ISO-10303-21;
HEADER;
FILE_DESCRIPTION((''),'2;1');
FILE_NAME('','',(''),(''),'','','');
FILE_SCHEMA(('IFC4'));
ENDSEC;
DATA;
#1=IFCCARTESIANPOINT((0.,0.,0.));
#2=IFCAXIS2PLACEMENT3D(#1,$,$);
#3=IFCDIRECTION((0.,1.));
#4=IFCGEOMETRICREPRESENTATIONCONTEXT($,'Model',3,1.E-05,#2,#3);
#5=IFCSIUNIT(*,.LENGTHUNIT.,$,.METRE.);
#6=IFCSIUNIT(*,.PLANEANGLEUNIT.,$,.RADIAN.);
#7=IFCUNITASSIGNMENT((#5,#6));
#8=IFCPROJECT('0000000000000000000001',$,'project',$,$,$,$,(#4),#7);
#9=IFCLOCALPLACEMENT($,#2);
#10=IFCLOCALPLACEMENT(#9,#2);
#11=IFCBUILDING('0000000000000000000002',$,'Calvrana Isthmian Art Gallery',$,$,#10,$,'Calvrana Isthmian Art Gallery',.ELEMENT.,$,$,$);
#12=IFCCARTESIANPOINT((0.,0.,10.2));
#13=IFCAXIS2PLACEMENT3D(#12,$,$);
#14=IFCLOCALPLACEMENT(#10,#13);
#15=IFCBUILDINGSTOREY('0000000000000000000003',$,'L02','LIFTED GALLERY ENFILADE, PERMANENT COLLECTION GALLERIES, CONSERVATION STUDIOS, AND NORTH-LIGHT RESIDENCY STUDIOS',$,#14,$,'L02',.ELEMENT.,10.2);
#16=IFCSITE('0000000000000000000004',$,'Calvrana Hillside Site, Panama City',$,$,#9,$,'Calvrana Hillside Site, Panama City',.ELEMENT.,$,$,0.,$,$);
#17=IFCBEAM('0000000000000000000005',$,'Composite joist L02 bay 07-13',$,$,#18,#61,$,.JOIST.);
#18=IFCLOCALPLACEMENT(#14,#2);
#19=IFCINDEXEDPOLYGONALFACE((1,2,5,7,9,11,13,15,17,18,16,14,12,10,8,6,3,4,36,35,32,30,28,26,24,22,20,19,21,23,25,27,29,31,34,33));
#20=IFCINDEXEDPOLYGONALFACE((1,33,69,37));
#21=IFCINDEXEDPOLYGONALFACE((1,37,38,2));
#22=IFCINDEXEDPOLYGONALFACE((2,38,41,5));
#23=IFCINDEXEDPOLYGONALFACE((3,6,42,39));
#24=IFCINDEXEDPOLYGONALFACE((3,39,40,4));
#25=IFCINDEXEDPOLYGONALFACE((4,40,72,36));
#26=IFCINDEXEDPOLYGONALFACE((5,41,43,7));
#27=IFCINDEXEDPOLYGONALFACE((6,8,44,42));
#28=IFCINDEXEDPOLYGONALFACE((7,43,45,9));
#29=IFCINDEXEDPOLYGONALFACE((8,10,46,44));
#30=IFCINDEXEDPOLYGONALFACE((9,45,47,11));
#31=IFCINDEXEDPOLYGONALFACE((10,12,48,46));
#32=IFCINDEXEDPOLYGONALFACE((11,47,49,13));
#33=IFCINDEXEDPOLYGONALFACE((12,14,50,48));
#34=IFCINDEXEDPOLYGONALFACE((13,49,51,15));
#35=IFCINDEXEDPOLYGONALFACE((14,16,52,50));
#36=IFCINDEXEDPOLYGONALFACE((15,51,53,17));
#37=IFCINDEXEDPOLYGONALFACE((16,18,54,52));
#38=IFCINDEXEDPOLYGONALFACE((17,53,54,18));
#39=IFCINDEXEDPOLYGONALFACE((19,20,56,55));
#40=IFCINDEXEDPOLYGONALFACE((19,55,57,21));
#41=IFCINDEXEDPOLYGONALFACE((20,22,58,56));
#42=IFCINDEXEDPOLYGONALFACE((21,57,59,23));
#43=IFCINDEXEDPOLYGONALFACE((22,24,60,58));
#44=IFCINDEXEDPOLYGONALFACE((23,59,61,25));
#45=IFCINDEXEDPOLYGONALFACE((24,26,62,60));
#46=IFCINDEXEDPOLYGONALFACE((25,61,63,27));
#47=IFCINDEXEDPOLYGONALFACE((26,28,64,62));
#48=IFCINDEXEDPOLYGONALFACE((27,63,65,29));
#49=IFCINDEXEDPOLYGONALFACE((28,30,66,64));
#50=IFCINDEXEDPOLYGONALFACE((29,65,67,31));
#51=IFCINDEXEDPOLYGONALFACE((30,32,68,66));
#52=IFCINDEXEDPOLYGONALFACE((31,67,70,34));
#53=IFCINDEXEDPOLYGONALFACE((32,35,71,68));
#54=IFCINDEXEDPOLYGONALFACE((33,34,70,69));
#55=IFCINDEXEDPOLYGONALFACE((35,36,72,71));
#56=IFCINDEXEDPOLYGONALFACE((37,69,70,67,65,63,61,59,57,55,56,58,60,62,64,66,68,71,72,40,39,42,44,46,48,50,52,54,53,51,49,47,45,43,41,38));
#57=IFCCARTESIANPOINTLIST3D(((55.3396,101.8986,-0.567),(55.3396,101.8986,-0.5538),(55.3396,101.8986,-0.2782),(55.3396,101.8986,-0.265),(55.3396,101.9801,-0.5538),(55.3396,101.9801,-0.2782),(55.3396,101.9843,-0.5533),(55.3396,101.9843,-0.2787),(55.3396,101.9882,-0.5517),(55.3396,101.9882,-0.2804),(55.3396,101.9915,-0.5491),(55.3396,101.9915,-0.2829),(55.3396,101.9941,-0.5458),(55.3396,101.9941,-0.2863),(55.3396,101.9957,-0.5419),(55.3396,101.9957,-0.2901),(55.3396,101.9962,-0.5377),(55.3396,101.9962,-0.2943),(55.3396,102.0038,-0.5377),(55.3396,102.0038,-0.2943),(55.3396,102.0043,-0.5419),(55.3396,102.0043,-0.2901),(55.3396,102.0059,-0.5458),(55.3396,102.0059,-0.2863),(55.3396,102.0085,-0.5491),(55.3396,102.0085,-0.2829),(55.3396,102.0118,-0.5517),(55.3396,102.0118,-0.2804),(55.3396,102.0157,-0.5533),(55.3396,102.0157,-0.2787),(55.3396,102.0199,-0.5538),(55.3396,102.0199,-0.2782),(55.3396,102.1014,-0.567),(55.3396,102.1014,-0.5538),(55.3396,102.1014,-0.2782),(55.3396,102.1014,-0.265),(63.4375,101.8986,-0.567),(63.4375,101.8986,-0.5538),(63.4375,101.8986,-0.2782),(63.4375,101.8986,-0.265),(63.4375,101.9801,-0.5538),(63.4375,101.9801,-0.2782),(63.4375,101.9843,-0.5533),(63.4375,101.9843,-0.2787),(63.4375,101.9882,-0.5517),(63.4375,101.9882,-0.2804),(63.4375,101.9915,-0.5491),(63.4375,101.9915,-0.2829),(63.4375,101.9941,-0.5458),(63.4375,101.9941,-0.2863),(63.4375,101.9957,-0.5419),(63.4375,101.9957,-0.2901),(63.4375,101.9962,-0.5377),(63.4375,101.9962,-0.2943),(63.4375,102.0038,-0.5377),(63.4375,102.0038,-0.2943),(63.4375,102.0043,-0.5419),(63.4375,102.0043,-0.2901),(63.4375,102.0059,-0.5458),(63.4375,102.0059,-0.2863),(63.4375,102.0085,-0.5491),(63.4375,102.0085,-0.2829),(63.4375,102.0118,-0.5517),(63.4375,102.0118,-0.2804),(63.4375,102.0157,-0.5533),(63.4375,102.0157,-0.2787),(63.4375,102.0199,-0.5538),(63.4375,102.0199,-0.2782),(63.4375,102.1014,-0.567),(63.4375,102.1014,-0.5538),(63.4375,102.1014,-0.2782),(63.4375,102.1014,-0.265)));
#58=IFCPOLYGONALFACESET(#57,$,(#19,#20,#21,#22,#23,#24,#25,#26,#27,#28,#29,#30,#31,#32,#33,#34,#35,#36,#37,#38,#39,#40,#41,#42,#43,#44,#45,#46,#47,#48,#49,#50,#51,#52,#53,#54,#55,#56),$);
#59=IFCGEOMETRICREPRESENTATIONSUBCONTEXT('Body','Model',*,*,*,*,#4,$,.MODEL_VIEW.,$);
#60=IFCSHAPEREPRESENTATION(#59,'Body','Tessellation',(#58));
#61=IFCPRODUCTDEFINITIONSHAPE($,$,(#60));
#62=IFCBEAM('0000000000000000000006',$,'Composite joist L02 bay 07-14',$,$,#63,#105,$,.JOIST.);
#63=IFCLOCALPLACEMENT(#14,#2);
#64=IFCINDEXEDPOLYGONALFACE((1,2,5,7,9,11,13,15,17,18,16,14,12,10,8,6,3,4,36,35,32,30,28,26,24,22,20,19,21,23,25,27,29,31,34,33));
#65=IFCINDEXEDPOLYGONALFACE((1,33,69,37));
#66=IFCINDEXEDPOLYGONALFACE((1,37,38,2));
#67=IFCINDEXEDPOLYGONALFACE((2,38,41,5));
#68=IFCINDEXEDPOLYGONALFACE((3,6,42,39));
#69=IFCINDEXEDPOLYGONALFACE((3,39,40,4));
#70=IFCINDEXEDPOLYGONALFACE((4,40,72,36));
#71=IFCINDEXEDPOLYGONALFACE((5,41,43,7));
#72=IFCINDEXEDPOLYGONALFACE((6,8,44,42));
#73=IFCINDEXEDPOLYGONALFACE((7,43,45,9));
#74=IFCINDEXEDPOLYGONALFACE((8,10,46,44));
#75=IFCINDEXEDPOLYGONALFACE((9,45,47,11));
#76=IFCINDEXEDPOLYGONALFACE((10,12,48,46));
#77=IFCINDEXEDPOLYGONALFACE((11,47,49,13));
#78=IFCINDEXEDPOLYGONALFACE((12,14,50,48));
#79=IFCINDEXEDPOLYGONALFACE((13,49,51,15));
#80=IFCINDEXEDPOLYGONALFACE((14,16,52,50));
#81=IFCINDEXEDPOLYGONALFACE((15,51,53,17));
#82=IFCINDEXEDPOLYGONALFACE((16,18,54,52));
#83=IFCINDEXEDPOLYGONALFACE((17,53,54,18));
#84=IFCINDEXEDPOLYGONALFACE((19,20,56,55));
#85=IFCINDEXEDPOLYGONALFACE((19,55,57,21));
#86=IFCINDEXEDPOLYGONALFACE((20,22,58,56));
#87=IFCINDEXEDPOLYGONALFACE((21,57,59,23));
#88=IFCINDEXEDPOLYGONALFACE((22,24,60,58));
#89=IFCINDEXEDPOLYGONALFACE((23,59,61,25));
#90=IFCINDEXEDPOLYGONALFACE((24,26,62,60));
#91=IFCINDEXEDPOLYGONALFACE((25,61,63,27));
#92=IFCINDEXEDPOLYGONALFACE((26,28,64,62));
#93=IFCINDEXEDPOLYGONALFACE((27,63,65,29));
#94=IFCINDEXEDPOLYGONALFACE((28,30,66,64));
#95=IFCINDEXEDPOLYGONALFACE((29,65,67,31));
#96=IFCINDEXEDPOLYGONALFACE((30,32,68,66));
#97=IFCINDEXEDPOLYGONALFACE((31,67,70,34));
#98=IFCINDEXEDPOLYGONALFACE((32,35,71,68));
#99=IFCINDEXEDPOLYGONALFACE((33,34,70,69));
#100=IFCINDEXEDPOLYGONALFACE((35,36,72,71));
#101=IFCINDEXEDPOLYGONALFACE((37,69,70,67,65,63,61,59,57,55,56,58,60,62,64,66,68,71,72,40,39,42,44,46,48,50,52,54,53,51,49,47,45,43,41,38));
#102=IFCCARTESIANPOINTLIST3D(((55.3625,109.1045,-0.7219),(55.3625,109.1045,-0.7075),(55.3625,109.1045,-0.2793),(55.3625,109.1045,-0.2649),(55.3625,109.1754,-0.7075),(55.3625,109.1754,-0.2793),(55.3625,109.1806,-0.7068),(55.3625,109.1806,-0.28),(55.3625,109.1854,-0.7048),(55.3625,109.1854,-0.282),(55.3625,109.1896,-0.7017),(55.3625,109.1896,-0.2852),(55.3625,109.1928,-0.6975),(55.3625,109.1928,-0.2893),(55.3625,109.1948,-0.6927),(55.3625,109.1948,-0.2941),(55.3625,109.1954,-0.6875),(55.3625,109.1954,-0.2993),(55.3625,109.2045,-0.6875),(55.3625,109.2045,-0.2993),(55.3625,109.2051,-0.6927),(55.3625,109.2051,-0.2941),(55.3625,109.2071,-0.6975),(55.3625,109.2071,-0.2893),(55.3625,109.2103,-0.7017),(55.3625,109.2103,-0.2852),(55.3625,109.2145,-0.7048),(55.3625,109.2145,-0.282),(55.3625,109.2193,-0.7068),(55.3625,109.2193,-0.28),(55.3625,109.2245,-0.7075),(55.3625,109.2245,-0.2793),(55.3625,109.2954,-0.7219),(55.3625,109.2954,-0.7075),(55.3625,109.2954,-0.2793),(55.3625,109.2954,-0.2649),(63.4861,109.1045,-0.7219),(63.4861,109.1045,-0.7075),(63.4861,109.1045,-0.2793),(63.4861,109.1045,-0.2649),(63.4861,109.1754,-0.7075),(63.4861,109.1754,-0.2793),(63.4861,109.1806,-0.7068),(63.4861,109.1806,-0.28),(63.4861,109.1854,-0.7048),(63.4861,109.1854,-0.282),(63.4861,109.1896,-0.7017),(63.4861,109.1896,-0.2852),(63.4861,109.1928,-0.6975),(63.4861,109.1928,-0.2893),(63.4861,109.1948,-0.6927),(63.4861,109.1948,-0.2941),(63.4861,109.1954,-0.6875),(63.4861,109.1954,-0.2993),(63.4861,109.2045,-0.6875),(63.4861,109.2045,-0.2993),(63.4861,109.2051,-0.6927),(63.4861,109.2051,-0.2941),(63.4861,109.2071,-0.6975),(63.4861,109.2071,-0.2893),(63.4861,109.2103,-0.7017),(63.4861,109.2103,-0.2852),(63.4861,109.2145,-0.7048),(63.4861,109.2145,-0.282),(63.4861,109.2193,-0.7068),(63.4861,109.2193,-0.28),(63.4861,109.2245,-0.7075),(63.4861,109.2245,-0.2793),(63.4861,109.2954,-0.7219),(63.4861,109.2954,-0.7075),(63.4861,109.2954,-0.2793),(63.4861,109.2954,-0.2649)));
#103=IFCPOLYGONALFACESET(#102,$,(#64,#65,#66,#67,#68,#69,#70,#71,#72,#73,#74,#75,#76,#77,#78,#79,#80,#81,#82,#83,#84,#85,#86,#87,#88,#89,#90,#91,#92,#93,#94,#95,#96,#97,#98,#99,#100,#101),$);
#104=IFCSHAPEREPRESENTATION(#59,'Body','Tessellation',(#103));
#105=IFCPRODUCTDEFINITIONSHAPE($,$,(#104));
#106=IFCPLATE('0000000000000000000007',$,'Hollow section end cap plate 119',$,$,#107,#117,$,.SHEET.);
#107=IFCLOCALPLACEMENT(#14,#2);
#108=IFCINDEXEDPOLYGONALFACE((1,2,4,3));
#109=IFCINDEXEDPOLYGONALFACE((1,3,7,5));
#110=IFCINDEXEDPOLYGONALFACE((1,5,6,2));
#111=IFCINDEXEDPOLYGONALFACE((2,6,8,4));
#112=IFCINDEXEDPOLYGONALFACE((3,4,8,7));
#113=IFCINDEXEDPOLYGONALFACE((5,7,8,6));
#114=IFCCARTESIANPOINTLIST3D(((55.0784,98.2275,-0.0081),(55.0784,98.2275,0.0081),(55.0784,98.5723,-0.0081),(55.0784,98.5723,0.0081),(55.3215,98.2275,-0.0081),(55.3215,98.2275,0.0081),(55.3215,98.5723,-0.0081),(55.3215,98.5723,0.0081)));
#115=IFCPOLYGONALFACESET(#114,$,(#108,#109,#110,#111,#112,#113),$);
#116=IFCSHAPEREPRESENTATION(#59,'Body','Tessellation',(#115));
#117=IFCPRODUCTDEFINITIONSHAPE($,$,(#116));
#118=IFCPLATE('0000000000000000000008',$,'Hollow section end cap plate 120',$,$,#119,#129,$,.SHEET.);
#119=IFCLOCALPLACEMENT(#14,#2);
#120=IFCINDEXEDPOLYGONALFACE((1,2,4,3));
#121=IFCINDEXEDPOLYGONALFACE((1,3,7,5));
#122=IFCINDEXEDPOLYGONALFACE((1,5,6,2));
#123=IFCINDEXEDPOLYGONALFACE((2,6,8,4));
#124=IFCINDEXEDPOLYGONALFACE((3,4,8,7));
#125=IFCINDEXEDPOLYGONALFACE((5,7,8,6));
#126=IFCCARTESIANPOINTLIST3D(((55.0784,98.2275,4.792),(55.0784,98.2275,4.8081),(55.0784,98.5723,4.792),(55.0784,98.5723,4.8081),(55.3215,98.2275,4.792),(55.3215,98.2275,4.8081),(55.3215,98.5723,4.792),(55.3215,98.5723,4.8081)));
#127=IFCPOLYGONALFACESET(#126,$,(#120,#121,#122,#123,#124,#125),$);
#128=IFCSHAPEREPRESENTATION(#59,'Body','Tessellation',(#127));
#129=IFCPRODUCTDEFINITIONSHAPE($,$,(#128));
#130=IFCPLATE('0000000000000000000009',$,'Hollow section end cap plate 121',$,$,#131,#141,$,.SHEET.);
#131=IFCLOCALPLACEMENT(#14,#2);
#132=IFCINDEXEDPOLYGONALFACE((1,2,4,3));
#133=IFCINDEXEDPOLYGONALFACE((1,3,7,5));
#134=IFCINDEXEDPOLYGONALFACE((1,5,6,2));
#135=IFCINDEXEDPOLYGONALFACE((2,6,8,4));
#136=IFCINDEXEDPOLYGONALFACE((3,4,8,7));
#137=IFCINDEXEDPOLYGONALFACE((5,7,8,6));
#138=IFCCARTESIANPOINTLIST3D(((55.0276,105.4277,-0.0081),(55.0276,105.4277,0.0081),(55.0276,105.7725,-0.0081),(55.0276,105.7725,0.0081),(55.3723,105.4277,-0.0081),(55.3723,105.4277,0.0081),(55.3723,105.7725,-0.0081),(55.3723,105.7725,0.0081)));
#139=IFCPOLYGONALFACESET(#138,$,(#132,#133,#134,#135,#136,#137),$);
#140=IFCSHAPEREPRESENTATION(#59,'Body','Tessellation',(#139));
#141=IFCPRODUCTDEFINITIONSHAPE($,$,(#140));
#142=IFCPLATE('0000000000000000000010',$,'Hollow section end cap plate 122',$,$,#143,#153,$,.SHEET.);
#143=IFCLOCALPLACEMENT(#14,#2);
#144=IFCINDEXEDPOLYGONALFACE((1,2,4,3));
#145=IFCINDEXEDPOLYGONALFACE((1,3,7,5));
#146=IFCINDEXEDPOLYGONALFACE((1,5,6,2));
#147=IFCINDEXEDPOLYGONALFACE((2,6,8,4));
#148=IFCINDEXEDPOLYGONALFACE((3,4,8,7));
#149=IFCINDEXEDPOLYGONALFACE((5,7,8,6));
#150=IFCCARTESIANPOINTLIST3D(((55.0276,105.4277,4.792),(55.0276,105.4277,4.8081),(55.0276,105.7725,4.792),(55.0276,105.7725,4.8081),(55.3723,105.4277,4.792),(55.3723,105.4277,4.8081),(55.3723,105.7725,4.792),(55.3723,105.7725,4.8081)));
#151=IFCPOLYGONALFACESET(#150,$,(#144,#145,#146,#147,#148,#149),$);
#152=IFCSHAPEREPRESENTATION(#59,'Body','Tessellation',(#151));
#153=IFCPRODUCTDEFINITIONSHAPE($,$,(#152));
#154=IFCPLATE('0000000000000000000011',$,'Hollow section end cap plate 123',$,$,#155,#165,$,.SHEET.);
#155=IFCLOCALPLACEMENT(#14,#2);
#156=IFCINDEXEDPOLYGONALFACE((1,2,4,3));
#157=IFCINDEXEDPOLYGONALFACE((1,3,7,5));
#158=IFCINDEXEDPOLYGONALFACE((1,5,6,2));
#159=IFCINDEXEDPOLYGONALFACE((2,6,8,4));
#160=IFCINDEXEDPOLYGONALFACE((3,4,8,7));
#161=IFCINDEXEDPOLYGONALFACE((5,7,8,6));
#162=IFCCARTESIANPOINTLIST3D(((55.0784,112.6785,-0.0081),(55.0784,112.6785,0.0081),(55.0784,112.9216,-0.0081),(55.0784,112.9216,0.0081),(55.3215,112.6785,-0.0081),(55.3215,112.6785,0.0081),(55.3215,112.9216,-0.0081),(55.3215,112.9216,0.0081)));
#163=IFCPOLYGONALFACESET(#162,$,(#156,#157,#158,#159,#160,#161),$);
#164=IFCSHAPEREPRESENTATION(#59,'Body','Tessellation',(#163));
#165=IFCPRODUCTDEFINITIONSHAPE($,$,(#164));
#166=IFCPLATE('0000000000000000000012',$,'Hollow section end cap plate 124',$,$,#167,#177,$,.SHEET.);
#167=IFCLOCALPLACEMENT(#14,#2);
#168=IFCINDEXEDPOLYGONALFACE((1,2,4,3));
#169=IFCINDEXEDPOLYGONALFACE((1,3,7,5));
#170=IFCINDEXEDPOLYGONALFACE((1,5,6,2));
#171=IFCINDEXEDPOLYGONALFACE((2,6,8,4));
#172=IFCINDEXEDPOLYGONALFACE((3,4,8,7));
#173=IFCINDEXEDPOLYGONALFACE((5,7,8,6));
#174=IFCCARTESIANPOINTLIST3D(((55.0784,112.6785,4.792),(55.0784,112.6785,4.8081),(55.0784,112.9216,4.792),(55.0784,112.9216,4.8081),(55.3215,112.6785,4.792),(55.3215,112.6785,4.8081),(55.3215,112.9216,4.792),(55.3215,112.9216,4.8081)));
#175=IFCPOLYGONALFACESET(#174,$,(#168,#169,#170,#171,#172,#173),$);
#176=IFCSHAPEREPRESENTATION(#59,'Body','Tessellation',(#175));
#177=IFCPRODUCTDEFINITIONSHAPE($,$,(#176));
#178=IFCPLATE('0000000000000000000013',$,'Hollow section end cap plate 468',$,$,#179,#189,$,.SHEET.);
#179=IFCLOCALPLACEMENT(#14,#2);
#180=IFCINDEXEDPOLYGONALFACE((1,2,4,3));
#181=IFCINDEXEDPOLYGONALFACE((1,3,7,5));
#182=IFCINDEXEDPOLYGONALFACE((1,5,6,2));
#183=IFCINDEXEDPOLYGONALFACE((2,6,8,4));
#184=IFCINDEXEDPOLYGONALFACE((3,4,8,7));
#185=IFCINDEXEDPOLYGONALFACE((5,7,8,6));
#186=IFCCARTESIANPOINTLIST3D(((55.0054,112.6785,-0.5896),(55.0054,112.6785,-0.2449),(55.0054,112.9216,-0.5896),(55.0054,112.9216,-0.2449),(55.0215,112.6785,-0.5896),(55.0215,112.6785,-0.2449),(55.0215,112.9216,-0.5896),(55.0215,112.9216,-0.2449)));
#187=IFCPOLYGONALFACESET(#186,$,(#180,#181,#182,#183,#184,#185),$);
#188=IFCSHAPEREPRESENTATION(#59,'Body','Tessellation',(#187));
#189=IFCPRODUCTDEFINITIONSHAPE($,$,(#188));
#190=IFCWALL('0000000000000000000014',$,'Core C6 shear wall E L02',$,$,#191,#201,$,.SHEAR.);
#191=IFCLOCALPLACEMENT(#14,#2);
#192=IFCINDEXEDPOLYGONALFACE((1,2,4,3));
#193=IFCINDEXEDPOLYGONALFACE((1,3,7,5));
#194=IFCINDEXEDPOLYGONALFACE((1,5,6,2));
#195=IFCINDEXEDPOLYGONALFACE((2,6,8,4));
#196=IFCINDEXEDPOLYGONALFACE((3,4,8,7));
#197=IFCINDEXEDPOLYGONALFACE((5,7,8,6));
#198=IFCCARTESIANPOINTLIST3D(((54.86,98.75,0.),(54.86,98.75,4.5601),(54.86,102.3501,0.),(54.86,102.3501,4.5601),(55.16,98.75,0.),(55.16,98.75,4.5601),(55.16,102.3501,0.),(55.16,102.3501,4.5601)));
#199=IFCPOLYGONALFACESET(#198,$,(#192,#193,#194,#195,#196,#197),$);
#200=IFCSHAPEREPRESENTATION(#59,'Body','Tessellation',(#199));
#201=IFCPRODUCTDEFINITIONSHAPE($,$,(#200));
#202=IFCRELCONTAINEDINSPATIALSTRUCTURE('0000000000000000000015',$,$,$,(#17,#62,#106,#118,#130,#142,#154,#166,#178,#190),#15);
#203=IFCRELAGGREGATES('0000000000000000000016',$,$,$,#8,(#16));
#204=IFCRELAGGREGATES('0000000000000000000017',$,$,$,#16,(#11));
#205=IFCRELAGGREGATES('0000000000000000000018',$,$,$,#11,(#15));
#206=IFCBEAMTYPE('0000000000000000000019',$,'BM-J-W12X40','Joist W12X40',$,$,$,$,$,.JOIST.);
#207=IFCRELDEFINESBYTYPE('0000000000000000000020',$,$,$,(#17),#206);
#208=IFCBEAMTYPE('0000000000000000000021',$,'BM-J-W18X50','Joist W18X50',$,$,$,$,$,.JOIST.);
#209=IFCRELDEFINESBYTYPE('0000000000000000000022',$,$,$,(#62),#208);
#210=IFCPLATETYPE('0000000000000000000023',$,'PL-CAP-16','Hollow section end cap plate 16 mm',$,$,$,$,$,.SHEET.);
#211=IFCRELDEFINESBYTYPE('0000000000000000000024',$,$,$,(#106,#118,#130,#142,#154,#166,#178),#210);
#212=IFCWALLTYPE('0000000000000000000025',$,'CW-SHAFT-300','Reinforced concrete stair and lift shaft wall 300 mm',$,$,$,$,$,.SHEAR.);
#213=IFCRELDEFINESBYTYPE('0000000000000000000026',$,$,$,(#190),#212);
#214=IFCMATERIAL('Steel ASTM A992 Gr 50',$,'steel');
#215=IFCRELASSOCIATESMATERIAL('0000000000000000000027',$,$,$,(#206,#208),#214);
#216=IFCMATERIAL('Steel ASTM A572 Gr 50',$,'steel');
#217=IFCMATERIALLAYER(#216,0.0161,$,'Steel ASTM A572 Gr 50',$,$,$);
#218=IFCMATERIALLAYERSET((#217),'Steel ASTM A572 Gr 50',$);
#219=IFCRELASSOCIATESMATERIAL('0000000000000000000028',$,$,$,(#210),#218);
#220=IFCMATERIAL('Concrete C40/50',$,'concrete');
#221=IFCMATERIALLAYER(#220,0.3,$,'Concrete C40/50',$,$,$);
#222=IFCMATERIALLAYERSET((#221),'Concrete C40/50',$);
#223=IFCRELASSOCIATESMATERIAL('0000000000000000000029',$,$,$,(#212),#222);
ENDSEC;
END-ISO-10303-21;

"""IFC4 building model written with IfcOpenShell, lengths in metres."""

from ifc_helpers import new_model, si_unit, direction, frame, frame_2d, origin, origin_2d, place, context, subcontext, project, spatial, rectangle, i_section, extrude, material, layer, layer_set, material_profile, profile_set, type_object, element, save


model = new_model("IFC4")

# Units and contexts
model_context = context("Model", 3, precision=1e-05, world=origin(), true_north=direction((0.0, 1.0)))
body_context = subcontext(model_context, "Body", "Model", "MODEL_VIEW")
ifc_project = project(units=[si_unit("LENGTHUNIT", "METRE"), si_unit("PLANEANGLEUNIT", "RADIAN")], contexts=[model_context])

# Site, building, storey
site_placement = place(None, origin())
site = spatial("IfcSite", under=ifc_project, at=site_placement, Name="Calvrana Hillside Site, Panama City", LongName="Calvrana Hillside Site, Panama City", CompositionType="ELEMENT", RefElevation=0.0)
building_placement = place(site_placement, origin())
building = spatial("IfcBuilding", under=site, at=building_placement, Name="Calvrana Isthmian Art Gallery", LongName="Calvrana Isthmian Art Gallery", CompositionType="ELEMENT")
storey_placement = place(building_placement, frame((0.0, 0.0, 10.2)))
storey = spatial("IfcBuildingStorey", under=building, at=storey_placement, Name="L02", Description="LIFTED GALLERY ENFILADE, PERMANENT COLLECTION GALLERIES, CONSERVATION STUDIOS, AND NORTH-LIGHT RESIDENCY STUDIOS", LongName="L02", CompositionType="ELEMENT", Elevation=10.2)

# Beams
ifc_material_1 = material(Name="Steel ASTM A992 Gr 50", Category="steel")
ifc_material_profile_1 = material_profile(ifc_material_1, i_section(OverallWidth=0.2029, OverallDepth=0.302, WebThickness=0.0076, FlangeThickness=0.0132, FilletRadius=0.0161, at=origin_2d()), Name="W12X40")
ifc_profile_set_1 = profile_set([ifc_material_profile_1], Name="Steel ASTM A992 Gr 50")
beam_type_1 = type_object("IfcBeamType", Name="BM-J-W12X40", Description="Joist W12X40", PredefinedType="JOIST", material=ifc_profile_set_1)
beam_1_placement = place(storey_placement, frame((55.3396, 102.0, -0.416), z_axis=(1.0, 0.0, 0.0), x_axis=(0.0, 1.0, 0.0)))
element("IfcBeam", 1, at=beam_1_placement, inside=storey, type_object=beam_type_1, Name="Composite joist L02 bay 07-13", PredefinedType="JOIST", context=body_context, shape_type="SweptSolid", body=[
    extrude(i_section(OverallWidth=0.2029, OverallDepth=0.302, WebThickness=0.0076, FlangeThickness=0.0132, FilletRadius=0.0161, at=origin_2d()), origin(), (0.0, 0.0, 1.0), 8.0979),
])
ifc_material_profile_2 = material_profile(ifc_material_1, i_section(OverallWidth=0.1909, OverallDepth=0.457, WebThickness=0.009, FlangeThickness=0.0144, FilletRadius=0.02, at=origin_2d()), Name="W18X50")
ifc_profile_set_2 = profile_set([ifc_material_profile_2], Name="Steel ASTM A992 Gr 50")
beam_type_2 = type_object("IfcBeamType", Name="BM-J-W18X50", Description="Joist W18X50", PredefinedType="JOIST", material=ifc_profile_set_2)
beam_2_placement = place(storey_placement, frame((55.3625, 109.2, -0.4934), z_axis=(1.0, 0.0, 0.0), x_axis=(0.0, 1.0, 0.0)))
element("IfcBeam", 2, at=beam_2_placement, inside=storey, type_object=beam_type_2, Name="Composite joist L02 bay 07-14", PredefinedType="JOIST", context=body_context, shape_type="SweptSolid", body=[
    extrude(i_section(OverallWidth=0.1909, OverallDepth=0.457, WebThickness=0.009, FlangeThickness=0.0144, FilletRadius=0.02, at=origin_2d()), origin(), (0.0, 0.0, 1.0), 8.1235),
])

# Plates
ifc_material_2 = material(Name="Steel ASTM A572 Gr 50", Category="steel")
ifc_layer_1 = layer(ifc_material_2, 0.0161, Name="Steel ASTM A572 Gr 50")
ifc_layer_set_1 = layer_set([ifc_layer_1], Name="Steel ASTM A572 Gr 50")
plate_type = type_object("IfcPlateType", Name="PL-CAP-16", Description="Hollow section end cap plate 16 mm", PredefinedType="SHEET", material=ifc_layer_set_1)
for number, where, z_axis, x_axis, name in (
    (3, (55.2, 98.3999, -0.0081), (0.0, 0.0, 1.0), (1.0, 0.0, 0.0), "Hollow section end cap plate 119"),
    (4, (55.2, 98.3999, 4.792), (0.0, 0.0, 1.0), (1.0, 0.0, 0.0), "Hollow section end cap plate 120"),
):
    element("IfcPlate", number, at=place(storey_placement, frame(where, z_axis=z_axis, x_axis=x_axis)), inside=storey, type_object=plate_type, Name=name, PredefinedType="SHEET", context=body_context, shape_type="SweptSolid", body=[
        extrude(rectangle(XDim=0.2432, YDim=0.3447, at=origin_2d()), origin(), (0.0, 0.0, 1.0), 0.0161),
    ])
for number, where, z_axis, x_axis, name in (
    (5, (55.2, 105.6001, -0.0081), (0.0, 0.0, 1.0), (1.0, 0.0, 0.0), "Hollow section end cap plate 121"),
    (6, (55.2, 105.6001, 4.792), (0.0, 0.0, 1.0), (1.0, 0.0, 0.0), "Hollow section end cap plate 122"),
):
    element("IfcPlate", number, at=place(storey_placement, frame(where, z_axis=z_axis, x_axis=x_axis)), inside=storey, type_object=plate_type, Name=name, PredefinedType="SHEET", context=body_context, shape_type="SweptSolid", body=[
        extrude(rectangle(XDim=0.3447, YDim=0.3447, at=origin_2d()), origin(), (0.0, 0.0, 1.0), 0.0161),
    ])
for number, where, z_axis, x_axis, name in (
    (7, (55.2, 112.8, -0.0081), (0.0, 0.0, 1.0), (1.0, 0.0, 0.0), "Hollow section end cap plate 123"),
    (8, (55.2, 112.8, 4.792), (0.0, 0.0, 1.0), (1.0, 0.0, 0.0), "Hollow section end cap plate 124"),
):
    element("IfcPlate", number, at=place(storey_placement, frame(where, z_axis=z_axis, x_axis=x_axis)), inside=storey, type_object=plate_type, Name=name, PredefinedType="SHEET", context=body_context, shape_type="SweptSolid", body=[
        extrude(rectangle(XDim=0.2432, YDim=0.2432, at=origin_2d()), origin(), (0.0, 0.0, 1.0), 0.0161),
    ])
plate_placement = place(storey_placement, frame((55.0134, 112.8, -0.5896), z_axis=(0.0, 0.0, 1.0), x_axis=(1.0, 0.0, 0.0)))
element("IfcPlate", 9, at=plate_placement, inside=storey, type_object=plate_type, Name="Hollow section end cap plate 468", PredefinedType="SHEET", context=body_context, shape_type="SweptSolid", body=[
    extrude(rectangle(XDim=0.0161, YDim=0.2432, at=origin_2d()), origin(), (0.0, 0.0, 1.0), 0.3447),
])

# Wall
ifc_material_3 = material(Name="Concrete C40/50", Category="concrete")
ifc_layer_2 = layer(ifc_material_3, 0.3, Name="Concrete C40/50")
ifc_layer_set_2 = layer_set([ifc_layer_2], Name="Concrete C40/50")
wall_type_1 = type_object("IfcWallType", Name="CW-SHAFT-300", Description="Reinforced concrete stair and lift shaft wall 300 mm", PredefinedType="SHEAR", material=ifc_layer_set_2)
wall_1_placement = place(storey_placement, frame((55.01, 98.75, 0.0), z_axis=(0.0, 0.0, 1.0), x_axis=(0.0, 1.0, 0.0)))
element("IfcWall", 10, at=wall_1_placement, inside=storey, type_object=wall_type_1, Name="Core C6 shear wall E L02", PredefinedType="SHEAR", context=body_context, shape_type="SweptSolid", body=[
    extrude(rectangle(XDim=3.6001, YDim=0.3, at=frame_2d((1.8, 0.0))), origin(), (0.0, 0.0, 1.0), 4.5601),
])

save(model, "model.ifc")
